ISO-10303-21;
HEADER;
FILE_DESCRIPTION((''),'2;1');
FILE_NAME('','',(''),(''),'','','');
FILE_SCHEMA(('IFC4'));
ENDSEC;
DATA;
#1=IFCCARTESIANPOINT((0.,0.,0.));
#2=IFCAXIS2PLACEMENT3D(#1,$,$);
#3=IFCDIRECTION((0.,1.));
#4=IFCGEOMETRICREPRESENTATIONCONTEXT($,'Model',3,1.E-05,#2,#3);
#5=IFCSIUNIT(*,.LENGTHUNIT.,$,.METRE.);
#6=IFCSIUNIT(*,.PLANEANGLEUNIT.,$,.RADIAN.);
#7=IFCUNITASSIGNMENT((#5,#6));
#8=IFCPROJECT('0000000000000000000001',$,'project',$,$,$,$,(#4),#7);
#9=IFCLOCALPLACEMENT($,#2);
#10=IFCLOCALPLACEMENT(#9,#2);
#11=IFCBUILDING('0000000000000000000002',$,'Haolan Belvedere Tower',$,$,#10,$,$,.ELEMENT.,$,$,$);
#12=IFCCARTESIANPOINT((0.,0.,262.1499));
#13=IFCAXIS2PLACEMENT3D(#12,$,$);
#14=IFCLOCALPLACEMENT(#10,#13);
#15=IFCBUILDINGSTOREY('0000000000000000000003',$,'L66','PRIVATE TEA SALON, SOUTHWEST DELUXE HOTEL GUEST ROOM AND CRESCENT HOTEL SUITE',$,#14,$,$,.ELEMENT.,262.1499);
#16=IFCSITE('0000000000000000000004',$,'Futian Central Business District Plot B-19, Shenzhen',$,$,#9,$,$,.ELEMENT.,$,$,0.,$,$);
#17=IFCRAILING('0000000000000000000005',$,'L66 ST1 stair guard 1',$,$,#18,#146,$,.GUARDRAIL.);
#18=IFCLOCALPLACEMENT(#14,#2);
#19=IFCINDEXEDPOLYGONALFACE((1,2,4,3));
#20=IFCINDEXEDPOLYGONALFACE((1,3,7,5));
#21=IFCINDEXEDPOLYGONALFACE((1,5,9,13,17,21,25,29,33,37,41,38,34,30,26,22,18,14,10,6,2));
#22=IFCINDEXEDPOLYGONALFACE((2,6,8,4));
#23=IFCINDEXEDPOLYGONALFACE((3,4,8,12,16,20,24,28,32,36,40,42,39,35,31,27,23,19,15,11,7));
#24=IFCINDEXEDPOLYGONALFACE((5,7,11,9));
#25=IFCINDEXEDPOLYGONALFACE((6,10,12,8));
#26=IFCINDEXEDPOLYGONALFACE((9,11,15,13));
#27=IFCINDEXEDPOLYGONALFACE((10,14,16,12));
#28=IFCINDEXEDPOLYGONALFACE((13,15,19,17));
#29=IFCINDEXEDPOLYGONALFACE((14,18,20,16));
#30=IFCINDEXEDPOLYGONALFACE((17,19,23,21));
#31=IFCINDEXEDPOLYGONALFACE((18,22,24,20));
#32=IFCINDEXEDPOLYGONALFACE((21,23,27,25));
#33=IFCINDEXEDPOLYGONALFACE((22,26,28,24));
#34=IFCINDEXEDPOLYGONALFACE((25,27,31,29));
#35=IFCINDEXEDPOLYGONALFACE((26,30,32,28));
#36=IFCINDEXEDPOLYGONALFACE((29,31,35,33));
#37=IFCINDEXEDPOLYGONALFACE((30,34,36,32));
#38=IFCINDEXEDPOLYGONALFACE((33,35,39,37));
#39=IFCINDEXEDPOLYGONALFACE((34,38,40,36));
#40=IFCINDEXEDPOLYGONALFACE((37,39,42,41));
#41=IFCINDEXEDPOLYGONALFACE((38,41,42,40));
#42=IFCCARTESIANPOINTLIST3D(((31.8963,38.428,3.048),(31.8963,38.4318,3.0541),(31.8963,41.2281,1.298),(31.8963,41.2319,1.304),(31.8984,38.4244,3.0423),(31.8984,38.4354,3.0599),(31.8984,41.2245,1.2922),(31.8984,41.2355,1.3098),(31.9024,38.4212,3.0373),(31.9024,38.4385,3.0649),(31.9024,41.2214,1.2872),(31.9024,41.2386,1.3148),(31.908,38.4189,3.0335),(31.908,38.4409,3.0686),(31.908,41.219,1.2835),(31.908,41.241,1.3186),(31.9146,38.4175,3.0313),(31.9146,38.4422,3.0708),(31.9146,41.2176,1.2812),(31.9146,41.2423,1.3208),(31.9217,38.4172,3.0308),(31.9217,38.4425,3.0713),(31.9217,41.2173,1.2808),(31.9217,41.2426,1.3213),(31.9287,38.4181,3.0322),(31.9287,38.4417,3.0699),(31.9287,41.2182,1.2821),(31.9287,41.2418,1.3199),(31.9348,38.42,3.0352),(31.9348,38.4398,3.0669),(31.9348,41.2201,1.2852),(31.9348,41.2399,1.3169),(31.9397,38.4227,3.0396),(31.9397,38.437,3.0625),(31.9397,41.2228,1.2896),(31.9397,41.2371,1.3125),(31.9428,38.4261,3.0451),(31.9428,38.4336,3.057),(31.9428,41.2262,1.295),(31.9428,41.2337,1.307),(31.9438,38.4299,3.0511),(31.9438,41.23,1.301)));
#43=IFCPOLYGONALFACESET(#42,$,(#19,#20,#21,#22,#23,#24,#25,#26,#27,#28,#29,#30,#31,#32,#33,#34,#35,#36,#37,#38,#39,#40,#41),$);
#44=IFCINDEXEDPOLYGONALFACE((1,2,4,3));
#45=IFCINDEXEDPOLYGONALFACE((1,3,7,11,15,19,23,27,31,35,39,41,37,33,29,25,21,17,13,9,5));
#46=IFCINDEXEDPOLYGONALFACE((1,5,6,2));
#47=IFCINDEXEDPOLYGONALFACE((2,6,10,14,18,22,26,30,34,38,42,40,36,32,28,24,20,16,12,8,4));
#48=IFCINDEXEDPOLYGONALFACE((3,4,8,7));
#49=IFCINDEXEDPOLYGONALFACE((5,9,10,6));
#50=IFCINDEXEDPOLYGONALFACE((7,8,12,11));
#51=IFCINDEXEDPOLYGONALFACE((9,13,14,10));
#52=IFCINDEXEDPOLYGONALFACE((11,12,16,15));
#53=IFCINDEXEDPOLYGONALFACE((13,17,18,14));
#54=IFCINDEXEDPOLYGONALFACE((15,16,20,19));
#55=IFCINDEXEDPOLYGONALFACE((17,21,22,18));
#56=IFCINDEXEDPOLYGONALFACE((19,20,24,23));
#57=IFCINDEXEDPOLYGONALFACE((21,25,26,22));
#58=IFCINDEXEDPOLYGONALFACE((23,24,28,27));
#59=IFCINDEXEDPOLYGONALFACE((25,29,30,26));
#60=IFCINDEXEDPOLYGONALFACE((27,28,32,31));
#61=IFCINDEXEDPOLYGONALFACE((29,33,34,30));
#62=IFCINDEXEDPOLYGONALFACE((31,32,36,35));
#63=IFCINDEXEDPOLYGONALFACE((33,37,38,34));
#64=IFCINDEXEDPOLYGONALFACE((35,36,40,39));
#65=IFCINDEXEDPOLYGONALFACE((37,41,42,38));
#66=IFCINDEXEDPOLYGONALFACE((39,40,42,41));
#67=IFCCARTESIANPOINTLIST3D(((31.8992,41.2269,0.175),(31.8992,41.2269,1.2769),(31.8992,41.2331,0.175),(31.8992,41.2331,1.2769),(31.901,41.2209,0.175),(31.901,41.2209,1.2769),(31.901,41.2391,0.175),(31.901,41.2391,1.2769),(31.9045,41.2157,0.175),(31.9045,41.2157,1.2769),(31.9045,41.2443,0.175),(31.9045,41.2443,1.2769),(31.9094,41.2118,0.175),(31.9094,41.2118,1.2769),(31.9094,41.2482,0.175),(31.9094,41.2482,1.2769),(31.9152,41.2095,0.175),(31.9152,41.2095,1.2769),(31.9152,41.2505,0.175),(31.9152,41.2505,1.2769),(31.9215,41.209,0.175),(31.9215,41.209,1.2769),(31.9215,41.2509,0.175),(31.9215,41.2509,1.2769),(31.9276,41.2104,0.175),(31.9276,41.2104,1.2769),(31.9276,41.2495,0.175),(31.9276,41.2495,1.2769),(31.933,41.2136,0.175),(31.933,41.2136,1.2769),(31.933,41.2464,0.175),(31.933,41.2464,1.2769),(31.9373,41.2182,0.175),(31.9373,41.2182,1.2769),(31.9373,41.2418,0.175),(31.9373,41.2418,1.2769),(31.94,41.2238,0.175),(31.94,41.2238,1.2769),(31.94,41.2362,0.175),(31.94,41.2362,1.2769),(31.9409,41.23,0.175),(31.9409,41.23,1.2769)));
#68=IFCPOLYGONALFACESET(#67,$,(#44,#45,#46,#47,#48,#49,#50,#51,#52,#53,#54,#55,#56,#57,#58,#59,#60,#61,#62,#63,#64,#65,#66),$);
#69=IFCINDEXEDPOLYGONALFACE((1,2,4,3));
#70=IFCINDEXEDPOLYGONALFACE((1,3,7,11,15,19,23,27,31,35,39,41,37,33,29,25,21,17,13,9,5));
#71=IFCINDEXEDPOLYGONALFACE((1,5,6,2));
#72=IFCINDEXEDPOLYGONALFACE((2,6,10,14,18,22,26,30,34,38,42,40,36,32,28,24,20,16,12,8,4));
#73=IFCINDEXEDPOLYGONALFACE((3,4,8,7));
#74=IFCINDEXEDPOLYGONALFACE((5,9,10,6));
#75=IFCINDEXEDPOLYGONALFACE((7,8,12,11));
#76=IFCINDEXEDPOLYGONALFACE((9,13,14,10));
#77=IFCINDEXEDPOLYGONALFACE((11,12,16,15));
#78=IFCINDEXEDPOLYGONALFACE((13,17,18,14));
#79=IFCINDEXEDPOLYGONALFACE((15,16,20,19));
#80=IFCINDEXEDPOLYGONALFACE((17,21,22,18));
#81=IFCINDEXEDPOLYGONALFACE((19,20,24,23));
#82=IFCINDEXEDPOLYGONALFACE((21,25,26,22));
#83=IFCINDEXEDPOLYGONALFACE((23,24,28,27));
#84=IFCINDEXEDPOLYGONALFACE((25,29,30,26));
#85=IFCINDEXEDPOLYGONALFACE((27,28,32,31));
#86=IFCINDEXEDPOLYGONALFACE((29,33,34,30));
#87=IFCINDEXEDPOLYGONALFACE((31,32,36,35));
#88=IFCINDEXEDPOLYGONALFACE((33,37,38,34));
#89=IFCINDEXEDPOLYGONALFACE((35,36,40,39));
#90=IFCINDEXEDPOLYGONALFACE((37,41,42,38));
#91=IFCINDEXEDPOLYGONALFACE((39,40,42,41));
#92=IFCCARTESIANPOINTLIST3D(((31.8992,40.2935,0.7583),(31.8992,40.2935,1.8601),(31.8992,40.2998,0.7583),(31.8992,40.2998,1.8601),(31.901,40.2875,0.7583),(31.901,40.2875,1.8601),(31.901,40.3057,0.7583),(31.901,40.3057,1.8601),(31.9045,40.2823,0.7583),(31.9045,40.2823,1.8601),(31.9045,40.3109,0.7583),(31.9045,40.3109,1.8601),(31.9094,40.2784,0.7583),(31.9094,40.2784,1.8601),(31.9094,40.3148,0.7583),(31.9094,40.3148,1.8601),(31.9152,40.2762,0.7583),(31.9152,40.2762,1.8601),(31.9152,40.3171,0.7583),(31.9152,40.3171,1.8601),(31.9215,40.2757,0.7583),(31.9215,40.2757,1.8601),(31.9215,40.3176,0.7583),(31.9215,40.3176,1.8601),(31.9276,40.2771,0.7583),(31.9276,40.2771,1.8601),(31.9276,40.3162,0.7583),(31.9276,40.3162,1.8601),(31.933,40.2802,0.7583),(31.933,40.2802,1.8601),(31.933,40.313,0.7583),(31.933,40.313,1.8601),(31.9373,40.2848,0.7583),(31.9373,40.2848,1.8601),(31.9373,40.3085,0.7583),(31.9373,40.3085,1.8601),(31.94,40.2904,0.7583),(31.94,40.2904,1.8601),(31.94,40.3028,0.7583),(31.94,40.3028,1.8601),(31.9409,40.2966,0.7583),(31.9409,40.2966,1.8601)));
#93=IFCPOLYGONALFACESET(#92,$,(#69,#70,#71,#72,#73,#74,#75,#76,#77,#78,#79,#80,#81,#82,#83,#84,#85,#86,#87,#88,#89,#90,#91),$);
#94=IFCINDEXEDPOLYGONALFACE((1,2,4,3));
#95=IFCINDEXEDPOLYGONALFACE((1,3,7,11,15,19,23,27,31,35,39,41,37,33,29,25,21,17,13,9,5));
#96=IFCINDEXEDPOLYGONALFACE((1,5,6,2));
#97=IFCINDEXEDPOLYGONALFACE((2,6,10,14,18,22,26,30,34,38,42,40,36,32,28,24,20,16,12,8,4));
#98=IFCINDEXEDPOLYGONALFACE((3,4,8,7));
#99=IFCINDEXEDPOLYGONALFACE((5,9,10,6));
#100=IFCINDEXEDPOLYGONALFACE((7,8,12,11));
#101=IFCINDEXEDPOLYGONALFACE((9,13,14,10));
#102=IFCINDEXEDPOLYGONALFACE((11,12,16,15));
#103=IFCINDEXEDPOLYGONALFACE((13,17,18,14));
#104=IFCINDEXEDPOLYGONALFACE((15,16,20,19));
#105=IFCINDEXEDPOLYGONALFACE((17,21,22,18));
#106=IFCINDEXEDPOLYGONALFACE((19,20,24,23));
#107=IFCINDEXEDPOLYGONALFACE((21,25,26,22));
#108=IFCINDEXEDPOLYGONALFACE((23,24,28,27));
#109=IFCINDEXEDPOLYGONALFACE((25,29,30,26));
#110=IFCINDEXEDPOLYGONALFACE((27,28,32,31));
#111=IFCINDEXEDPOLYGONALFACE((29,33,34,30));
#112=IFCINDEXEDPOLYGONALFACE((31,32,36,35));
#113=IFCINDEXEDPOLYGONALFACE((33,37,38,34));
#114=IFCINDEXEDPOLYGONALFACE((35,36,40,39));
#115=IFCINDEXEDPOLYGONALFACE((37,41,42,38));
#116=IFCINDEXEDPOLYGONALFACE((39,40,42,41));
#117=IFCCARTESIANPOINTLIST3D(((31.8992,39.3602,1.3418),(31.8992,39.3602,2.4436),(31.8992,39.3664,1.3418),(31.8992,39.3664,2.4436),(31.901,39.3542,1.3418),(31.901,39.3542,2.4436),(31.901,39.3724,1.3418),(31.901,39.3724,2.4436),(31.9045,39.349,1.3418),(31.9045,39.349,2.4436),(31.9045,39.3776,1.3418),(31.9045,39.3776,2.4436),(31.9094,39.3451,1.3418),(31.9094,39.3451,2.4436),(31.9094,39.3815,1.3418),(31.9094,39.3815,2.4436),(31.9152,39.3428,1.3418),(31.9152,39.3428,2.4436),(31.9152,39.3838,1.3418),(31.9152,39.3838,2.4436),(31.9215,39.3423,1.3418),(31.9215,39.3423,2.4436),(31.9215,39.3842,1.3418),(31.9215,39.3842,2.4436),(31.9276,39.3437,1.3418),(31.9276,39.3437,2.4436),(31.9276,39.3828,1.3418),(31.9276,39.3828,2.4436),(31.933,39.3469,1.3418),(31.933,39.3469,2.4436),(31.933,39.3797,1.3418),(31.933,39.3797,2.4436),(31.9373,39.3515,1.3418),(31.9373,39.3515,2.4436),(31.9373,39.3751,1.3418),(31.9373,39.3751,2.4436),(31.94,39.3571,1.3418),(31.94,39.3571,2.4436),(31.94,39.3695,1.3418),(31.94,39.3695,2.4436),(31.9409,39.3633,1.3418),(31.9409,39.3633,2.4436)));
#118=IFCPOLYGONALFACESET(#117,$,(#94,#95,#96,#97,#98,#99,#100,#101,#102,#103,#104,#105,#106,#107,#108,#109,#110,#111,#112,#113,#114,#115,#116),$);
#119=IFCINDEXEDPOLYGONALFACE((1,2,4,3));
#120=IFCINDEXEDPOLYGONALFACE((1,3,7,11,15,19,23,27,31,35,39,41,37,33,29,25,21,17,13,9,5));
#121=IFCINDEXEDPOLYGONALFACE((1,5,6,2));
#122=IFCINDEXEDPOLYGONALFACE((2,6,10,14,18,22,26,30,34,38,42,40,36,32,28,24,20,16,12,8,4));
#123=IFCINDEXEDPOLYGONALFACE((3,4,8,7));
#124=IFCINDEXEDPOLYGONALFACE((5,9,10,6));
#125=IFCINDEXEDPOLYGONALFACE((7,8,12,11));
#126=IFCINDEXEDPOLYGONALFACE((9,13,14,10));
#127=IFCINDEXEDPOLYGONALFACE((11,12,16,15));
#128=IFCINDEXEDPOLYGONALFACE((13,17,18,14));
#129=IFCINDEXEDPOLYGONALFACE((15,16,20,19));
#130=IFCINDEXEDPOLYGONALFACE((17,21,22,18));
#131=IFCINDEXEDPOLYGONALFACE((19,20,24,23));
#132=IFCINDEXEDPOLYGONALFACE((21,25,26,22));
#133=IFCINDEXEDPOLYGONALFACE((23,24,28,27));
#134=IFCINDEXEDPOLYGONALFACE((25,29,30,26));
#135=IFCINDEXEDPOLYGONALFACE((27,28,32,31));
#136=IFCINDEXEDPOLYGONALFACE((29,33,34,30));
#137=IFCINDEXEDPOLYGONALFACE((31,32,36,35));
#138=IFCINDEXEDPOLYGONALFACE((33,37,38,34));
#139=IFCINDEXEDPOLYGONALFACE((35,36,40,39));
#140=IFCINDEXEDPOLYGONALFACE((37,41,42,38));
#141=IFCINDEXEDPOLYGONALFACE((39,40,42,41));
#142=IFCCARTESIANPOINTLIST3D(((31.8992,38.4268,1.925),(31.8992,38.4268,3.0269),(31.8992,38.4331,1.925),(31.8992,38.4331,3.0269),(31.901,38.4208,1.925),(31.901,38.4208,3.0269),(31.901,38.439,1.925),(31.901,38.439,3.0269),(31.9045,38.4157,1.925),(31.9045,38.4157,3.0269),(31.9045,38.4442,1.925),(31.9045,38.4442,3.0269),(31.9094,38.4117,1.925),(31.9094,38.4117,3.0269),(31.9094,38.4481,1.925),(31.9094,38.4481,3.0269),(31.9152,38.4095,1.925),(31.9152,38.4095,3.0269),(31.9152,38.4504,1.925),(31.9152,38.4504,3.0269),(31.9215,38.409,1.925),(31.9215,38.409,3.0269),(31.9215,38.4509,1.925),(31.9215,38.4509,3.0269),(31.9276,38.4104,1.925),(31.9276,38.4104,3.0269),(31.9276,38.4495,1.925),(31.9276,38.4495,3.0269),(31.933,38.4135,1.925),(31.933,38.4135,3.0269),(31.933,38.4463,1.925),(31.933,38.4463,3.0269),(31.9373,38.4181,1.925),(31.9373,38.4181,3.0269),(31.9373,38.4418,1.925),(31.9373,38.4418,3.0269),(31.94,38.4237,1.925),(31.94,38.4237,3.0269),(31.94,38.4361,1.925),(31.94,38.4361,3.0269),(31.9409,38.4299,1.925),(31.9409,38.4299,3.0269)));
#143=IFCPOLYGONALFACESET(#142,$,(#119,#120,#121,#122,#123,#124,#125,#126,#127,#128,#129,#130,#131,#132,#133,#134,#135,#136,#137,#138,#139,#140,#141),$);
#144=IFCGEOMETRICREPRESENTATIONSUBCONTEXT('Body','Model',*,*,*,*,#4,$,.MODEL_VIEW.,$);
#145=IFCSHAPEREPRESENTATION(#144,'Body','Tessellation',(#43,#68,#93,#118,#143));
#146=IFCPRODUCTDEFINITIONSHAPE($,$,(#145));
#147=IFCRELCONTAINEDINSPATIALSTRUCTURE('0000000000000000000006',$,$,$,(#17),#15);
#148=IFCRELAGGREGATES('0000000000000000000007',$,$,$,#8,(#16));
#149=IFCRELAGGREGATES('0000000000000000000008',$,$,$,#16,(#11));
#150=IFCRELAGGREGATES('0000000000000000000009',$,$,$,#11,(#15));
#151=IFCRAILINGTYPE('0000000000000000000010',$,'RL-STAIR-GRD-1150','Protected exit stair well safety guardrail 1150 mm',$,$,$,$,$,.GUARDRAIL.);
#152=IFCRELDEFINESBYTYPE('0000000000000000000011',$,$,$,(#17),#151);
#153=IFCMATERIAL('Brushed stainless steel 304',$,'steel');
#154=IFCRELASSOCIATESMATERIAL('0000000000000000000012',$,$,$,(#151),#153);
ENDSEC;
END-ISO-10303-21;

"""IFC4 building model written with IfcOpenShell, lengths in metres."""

from ifc_helpers import new_model, si_unit, direction, frame, origin, origin_2d, place, context, subcontext, project, spatial, circle, extrude, material, type_object, element, save


model = new_model("IFC4")

# Units and contexts
model_context = context("Model", 3, precision=1e-05, world=origin(), true_north=direction((0.0, 1.0)))
body_context = subcontext(model_context, "Body", "Model", "MODEL_VIEW")
ifc_project = project(units=[si_unit("LENGTHUNIT", "METRE"), si_unit("PLANEANGLEUNIT", "RADIAN")], contexts=[model_context])

# Site, building, storey
site_placement = place(None, origin())
site = spatial("IfcSite", under=ifc_project, at=site_placement, Name="Futian Central Business District Plot B-19, Shenzhen", CompositionType="ELEMENT", RefElevation=0.0)
building_placement = place(site_placement, origin())
building = spatial("IfcBuilding", under=site, at=building_placement, Name="Haolan Belvedere Tower", CompositionType="ELEMENT")
storey_placement = place(building_placement, frame((0.0, 0.0, 262.1499)))
storey = spatial("IfcBuildingStorey", under=building, at=storey_placement, Name="L66", Description="PRIVATE TEA SALON, SOUTHWEST DELUXE HOTEL GUEST ROOM AND CRESCENT HOTEL SUITE", CompositionType="ELEMENT", Elevation=262.1499)

# Railing
ifc_material_1 = material(Name="Brushed stainless steel 304", Category="steel")
railing_type_1 = type_object("IfcRailingType", Name="RL-STAIR-GRD-1150", Description="Protected exit stair well safety guardrail 1150 mm", PredefinedType="GUARDRAIL", material=ifc_material_1)
railing_1_placement = place(storey_placement, frame((31.9199, 41.23, 0.175)))
element("IfcRailing", 1, at=railing_1_placement, inside=storey, type_object=railing_type_1, Name="L66 ST1 stair guard 1", PredefinedType="GUARDRAIL", context=body_context, shape_type="SweptSolid", body=[
    extrude(circle(Radius=0.0239, at=origin_2d()), frame((0.0, 0.0, 1.126), z_axis=(0.0, -0.848002, 0.529992), x_axis=(1.0, 0.0, 0.0)), (0.0, 0.0, 1.0), 3.302),
    extrude(circle(Radius=0.021, at=origin_2d()), origin(), (0.0, 0.0, 1.0), 1.1018),
    extrude(circle(Radius=0.021, at=origin_2d()), frame((0.0, -0.9333, 0.5833)), (0.0, 0.0, 1.0), 1.1018),
    extrude(circle(Radius=0.021, at=origin_2d()), frame((0.0, -1.8667, 1.1667)), (0.0, 0.0, 1.0), 1.1018),
    extrude(circle(Radius=0.021, at=origin_2d()), frame((0.0, -2.8, 1.75)), (0.0, 0.0, 1.0), 1.1018),
])

save(model, "model.ifc")
